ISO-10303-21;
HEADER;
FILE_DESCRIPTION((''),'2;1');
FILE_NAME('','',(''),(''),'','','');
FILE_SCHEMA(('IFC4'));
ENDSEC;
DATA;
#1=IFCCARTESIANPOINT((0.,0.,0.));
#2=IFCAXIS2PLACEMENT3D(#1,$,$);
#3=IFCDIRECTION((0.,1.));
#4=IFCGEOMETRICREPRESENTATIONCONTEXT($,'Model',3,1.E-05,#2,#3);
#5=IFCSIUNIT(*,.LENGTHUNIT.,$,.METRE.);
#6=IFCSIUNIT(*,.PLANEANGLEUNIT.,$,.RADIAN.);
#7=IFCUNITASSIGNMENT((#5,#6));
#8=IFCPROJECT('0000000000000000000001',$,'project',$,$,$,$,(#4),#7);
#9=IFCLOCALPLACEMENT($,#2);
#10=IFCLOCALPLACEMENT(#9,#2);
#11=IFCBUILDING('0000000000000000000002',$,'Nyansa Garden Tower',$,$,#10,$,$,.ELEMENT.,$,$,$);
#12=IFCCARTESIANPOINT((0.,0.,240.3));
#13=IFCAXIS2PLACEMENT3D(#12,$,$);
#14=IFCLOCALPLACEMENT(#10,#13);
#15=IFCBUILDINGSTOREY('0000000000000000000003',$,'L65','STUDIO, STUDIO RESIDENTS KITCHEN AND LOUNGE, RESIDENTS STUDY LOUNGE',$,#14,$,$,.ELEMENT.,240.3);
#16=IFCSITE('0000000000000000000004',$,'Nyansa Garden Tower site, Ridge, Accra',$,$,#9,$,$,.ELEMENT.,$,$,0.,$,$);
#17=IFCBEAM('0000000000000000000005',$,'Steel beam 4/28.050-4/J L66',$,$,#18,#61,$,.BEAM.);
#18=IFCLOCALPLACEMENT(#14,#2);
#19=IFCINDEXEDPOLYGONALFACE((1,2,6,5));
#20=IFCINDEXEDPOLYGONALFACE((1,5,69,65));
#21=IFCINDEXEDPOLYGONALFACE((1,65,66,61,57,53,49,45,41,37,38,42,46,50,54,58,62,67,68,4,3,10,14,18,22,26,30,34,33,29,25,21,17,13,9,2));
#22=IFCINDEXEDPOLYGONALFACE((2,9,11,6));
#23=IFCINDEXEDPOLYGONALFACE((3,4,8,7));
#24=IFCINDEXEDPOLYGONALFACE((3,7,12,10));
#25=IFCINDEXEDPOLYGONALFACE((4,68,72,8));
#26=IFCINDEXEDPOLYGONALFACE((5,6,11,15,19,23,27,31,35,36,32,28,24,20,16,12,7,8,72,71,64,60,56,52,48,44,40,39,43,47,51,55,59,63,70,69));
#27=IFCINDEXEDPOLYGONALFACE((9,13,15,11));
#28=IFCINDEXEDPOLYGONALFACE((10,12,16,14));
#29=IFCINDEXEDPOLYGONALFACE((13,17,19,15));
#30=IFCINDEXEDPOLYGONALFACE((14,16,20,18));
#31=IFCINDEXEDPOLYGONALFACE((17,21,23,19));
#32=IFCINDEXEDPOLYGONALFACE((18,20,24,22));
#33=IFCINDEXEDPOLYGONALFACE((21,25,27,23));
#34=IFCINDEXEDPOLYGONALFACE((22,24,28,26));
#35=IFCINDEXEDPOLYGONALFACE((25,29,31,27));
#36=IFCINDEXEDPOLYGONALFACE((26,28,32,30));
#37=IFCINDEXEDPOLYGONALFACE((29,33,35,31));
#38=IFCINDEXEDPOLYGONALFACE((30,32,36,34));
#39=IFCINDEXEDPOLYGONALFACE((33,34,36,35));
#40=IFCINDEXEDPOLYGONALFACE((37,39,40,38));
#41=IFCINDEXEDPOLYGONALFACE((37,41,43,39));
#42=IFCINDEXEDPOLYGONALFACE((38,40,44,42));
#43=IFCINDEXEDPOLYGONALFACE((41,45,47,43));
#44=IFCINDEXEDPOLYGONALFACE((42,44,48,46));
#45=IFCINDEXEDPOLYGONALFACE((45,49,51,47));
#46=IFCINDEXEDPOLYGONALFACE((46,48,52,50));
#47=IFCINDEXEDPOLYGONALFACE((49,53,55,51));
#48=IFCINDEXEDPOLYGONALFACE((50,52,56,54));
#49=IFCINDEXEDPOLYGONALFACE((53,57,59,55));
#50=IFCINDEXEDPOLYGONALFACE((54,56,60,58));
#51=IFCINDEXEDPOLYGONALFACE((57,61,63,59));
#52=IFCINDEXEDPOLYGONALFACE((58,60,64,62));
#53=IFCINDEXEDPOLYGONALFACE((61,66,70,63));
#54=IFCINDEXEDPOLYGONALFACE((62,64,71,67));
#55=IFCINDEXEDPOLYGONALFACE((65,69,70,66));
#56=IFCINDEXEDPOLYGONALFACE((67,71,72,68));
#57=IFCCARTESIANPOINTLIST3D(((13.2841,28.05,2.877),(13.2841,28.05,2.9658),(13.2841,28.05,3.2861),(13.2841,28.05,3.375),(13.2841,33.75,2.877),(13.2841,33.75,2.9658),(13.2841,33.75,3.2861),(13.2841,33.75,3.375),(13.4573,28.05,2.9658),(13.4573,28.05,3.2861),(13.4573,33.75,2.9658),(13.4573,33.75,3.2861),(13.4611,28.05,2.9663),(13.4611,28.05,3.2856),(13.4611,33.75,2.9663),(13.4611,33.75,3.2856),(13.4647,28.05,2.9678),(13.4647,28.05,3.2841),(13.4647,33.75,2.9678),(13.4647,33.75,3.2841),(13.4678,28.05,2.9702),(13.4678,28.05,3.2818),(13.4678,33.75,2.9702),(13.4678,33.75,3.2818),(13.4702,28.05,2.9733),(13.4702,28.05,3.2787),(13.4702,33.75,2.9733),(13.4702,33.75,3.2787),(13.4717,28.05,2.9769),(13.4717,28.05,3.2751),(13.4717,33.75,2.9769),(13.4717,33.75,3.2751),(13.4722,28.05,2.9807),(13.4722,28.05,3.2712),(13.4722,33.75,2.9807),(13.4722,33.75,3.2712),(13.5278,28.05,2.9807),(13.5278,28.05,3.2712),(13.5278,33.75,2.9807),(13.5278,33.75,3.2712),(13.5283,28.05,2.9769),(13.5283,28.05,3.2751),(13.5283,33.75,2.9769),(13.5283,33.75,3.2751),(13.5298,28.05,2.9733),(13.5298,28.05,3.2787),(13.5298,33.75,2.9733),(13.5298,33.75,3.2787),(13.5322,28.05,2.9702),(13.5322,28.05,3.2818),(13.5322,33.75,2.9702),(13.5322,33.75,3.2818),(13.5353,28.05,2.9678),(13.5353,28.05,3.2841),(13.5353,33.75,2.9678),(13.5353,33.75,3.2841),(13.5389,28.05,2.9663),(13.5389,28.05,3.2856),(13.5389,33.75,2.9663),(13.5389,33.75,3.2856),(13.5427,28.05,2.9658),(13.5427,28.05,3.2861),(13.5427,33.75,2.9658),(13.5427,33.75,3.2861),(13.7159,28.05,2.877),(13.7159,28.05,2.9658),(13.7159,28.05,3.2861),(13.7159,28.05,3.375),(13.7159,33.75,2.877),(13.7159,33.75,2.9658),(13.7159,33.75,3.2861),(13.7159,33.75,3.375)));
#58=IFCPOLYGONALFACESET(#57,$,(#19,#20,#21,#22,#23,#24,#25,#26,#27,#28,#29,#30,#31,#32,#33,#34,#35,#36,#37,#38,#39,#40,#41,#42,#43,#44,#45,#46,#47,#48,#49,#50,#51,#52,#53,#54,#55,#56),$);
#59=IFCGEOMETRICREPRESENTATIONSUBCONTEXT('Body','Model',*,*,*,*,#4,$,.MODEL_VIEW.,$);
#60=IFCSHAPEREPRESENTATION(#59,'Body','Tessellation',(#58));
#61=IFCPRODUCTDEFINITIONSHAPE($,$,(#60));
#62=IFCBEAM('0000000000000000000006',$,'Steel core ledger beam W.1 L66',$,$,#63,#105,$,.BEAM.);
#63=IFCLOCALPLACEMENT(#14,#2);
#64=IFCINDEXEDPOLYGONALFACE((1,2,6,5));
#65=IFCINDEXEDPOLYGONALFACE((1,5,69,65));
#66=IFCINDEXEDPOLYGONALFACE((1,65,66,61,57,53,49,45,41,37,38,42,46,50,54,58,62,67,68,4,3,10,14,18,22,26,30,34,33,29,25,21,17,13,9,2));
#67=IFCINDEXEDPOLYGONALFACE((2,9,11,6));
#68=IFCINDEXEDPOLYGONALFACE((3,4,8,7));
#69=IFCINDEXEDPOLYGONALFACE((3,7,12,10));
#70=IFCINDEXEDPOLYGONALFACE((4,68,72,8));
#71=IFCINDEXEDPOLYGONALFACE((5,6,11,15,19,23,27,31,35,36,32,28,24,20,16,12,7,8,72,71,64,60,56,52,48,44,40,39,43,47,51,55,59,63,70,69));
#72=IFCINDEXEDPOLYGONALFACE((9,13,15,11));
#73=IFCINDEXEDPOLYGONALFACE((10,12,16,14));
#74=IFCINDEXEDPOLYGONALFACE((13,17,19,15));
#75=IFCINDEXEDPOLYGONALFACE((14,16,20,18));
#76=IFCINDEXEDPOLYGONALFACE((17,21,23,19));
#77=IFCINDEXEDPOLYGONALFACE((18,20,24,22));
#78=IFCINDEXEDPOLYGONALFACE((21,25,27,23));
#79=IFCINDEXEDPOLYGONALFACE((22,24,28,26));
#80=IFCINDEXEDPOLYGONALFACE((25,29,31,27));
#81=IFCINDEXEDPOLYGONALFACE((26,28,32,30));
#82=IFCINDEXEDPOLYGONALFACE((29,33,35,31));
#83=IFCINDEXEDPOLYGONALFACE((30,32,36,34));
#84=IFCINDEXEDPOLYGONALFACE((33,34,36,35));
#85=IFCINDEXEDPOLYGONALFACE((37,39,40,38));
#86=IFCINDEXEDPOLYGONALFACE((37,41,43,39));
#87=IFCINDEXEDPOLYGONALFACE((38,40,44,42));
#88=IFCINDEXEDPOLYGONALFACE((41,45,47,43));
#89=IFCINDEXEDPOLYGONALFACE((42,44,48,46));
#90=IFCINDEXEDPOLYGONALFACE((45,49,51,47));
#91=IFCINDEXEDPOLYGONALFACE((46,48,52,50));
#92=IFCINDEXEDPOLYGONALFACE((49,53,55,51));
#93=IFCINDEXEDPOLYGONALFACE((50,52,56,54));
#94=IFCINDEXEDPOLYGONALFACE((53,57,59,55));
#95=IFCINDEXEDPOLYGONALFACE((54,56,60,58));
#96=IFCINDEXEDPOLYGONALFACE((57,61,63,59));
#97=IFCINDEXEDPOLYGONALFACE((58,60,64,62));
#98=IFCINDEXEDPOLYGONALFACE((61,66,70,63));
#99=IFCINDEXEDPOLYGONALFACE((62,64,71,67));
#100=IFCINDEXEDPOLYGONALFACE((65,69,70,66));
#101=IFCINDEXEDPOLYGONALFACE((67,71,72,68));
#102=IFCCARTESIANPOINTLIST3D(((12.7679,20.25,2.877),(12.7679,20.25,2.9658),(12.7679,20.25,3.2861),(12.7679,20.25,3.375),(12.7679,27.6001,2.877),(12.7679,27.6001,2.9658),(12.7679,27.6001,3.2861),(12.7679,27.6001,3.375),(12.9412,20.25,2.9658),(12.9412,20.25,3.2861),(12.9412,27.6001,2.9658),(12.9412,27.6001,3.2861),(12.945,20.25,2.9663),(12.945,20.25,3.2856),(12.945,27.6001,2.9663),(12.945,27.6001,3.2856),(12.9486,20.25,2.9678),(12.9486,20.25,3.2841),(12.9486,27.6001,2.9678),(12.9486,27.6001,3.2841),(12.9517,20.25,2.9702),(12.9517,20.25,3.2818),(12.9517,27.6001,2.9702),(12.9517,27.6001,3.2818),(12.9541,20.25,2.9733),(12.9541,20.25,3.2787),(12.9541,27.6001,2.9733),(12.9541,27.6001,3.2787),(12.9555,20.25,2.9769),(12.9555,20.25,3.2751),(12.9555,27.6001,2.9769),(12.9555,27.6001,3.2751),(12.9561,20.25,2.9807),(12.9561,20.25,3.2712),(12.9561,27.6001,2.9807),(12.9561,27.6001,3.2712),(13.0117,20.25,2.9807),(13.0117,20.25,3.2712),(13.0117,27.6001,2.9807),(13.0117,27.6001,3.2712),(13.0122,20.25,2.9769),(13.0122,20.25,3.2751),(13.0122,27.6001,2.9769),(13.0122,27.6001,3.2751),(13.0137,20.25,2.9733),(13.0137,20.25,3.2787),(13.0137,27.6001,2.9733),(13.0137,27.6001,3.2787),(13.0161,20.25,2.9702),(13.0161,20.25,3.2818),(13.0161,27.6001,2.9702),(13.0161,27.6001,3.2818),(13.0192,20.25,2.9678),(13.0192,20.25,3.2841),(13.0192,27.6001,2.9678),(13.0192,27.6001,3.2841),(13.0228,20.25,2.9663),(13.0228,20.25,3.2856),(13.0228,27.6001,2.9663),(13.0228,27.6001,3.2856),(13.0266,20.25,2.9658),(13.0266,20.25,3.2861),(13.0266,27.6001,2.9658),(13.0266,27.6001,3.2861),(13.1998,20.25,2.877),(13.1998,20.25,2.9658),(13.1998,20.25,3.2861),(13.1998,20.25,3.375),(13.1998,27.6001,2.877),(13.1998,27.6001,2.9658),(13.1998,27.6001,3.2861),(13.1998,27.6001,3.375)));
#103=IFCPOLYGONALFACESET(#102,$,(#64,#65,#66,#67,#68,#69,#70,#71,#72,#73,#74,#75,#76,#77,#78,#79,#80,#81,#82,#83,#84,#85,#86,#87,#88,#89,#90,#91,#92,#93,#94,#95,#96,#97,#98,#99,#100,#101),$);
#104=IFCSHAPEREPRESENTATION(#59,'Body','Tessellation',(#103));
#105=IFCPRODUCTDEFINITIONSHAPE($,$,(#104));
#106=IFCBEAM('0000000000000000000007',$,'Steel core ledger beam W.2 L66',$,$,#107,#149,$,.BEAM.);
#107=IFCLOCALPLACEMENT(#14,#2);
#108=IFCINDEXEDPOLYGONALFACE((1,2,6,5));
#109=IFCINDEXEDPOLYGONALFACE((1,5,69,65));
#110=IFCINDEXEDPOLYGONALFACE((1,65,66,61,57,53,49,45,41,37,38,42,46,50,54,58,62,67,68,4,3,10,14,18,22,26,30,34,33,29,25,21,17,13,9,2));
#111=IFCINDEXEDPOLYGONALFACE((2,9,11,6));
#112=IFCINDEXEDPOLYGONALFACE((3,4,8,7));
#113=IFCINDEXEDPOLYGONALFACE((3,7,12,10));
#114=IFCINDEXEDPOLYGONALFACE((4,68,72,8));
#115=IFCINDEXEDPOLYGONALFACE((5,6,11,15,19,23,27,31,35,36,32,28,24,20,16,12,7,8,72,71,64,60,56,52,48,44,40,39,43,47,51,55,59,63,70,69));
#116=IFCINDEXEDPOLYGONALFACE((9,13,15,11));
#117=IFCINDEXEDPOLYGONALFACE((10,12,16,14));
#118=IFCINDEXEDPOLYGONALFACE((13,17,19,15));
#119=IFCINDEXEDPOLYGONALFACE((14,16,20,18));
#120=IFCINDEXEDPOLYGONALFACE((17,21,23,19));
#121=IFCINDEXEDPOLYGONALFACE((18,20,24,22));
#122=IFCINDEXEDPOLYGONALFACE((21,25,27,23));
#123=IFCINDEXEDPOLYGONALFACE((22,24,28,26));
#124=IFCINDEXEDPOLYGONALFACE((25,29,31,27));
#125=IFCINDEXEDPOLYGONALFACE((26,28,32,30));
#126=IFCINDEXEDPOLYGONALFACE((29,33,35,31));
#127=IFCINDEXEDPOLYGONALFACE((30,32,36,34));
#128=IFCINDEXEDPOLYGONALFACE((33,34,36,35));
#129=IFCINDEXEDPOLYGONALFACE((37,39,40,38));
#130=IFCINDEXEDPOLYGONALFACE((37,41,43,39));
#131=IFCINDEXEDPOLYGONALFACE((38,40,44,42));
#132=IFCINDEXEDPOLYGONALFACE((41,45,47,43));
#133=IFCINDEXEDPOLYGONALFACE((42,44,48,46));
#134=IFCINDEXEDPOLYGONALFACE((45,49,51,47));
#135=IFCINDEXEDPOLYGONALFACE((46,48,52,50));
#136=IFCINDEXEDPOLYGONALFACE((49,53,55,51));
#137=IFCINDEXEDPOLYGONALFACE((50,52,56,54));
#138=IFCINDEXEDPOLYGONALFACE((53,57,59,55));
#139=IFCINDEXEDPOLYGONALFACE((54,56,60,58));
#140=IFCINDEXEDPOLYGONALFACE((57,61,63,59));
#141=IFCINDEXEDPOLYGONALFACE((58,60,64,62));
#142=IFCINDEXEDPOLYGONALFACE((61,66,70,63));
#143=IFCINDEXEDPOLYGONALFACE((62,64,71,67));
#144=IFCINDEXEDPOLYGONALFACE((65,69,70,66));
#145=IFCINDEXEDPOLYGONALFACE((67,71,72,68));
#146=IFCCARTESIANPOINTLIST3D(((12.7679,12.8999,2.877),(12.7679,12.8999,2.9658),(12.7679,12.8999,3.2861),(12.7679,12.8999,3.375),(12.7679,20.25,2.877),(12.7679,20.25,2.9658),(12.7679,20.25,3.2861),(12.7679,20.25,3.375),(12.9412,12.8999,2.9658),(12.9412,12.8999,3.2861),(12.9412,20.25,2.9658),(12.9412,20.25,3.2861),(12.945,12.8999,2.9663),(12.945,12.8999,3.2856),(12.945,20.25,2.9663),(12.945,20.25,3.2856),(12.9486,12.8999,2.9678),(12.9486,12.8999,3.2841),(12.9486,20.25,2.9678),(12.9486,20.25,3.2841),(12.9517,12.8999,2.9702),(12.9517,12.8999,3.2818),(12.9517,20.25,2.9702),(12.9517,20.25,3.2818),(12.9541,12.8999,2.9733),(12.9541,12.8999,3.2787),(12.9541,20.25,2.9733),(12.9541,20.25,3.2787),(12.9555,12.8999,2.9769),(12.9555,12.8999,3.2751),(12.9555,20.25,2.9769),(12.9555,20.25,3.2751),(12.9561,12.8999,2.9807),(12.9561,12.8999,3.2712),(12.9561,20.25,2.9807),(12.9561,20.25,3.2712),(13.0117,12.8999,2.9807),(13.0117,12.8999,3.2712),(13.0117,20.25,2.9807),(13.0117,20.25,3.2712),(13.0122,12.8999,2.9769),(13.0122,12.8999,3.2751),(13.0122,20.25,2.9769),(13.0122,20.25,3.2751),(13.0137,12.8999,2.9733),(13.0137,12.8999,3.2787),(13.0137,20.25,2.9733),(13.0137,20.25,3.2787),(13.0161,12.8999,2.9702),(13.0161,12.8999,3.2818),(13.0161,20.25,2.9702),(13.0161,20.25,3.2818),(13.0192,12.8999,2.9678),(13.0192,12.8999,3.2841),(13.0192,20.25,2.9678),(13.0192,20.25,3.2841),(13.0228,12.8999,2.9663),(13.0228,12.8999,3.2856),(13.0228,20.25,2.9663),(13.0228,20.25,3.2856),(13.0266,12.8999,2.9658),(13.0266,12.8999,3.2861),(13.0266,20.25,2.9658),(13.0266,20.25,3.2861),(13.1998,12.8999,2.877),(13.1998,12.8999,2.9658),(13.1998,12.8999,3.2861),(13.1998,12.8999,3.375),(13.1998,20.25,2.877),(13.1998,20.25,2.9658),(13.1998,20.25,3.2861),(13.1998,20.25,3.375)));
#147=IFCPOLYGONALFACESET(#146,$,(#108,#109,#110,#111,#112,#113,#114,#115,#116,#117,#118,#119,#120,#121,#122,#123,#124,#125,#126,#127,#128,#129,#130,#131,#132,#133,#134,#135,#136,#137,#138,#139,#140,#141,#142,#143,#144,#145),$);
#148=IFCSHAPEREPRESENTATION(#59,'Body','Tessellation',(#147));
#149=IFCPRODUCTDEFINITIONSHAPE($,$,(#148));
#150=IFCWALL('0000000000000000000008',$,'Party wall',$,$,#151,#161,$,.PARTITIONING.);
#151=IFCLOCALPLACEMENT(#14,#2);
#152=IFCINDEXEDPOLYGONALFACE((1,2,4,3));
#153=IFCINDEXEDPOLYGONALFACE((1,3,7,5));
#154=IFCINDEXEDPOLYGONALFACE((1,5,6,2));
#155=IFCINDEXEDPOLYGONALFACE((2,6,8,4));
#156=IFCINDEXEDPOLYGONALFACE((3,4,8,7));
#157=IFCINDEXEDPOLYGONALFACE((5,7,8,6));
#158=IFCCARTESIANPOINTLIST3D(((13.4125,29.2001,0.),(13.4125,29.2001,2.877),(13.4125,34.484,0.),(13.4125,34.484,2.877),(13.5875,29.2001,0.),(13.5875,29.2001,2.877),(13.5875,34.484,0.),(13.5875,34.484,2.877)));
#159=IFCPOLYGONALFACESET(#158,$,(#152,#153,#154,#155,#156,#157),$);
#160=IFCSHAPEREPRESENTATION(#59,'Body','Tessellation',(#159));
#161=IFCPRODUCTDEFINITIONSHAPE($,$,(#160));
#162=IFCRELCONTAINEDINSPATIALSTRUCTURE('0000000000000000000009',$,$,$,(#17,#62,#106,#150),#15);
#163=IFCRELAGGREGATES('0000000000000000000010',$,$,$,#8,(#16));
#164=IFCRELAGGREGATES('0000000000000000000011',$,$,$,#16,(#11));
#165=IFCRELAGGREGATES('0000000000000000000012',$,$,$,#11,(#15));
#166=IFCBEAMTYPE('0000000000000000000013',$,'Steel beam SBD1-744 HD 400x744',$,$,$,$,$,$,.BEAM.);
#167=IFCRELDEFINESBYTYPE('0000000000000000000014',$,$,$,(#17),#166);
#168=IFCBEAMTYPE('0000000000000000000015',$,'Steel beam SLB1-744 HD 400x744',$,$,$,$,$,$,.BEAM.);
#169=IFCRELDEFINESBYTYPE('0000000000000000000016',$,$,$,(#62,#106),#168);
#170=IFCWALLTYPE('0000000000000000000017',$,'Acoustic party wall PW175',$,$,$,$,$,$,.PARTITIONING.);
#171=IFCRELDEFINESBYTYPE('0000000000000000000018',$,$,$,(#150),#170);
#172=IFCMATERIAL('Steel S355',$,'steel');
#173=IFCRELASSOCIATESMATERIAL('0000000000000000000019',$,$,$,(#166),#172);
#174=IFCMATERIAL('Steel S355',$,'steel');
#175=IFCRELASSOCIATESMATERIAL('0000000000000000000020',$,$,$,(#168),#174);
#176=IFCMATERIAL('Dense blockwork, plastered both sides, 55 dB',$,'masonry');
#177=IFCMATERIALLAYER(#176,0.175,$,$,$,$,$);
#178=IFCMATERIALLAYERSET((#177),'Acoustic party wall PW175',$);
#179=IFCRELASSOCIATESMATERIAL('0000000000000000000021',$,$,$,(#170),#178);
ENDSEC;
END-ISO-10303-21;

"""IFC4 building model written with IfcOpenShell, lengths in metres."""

from ifc_helpers import new_model, si_unit, direction, frame, frame_2d, origin, origin_2d, place, context, subcontext, project, spatial, rectangle, i_section, extrude, material, layer, layer_set, material_profile, profile_set, type_object, element, save


model = new_model("IFC4")

# Units and contexts
model_context = context("Model", 3, precision=1e-05, world=origin(), true_north=direction((0.0, 1.0)))
body_context = subcontext(model_context, "Body", "Model", "MODEL_VIEW")
ifc_project = project(units=[si_unit("LENGTHUNIT", "METRE"), si_unit("PLANEANGLEUNIT", "RADIAN")], contexts=[model_context])

# Site, building, storey
site_placement = place(None, origin())
site = spatial("IfcSite", under=ifc_project, at=site_placement, Name="Nyansa Garden Tower site, Ridge, Accra", CompositionType="ELEMENT", RefElevation=0.0)
building_placement = place(site_placement, origin())
building = spatial("IfcBuilding", under=site, at=building_placement, Name="Nyansa Garden Tower", CompositionType="ELEMENT")
storey_placement = place(building_placement, frame((0.0, 0.0, 240.3)))
storey = spatial("IfcBuildingStorey", under=building, at=storey_placement, Name="L65", Description="STUDIO, STUDIO RESIDENTS KITCHEN AND LOUNGE, RESIDENTS STUDY LOUNGE", CompositionType="ELEMENT", Elevation=240.3)

# Beams
ifc_material_1 = material(Name="Steel S355", Category="steel")
ifc_material_profile_1 = material_profile(ifc_material_1, i_section(OverallWidth=0.4319, OverallDepth=0.498, WebThickness=0.0557, FlangeThickness=0.0889, FilletRadius=0.0149, at=origin_2d()), Name="HD 400x744")
ifc_profile_set_1 = profile_set([ifc_material_profile_1], Name="Steel S355")
beam_type_1 = type_object("IfcBeamType", Name="Steel beam SBD1-744 HD 400x744", PredefinedType="BEAM", material=ifc_profile_set_1)
beam_1_placement = place(storey_placement, frame((13.5, 28.05, 3.126), z_axis=(0.0, 1.0, 0.0), x_axis=(-1.0, 0.0, 0.0)))
element("IfcBeam", 1, at=beam_1_placement, inside=storey, type_object=beam_type_1, Name="Steel beam 4/28.050-4/J L66", PredefinedType="BEAM", context=body_context, shape_type="SweptSolid", body=[
    extrude(i_section(OverallWidth=0.4319, OverallDepth=0.498, WebThickness=0.0557, FlangeThickness=0.0889, FilletRadius=0.0149, at=origin_2d()), origin(), (0.0, 0.0, 1.0), 5.7),
])
ifc_material_2 = material(Name="Steel S355", Category="steel")
ifc_material_profile_2 = material_profile(ifc_material_2, i_section(OverallWidth=0.4319, OverallDepth=0.498, WebThickness=0.0557, FlangeThickness=0.0889, FilletRadius=0.0149, at=origin_2d()), Name="HD 400x744")
ifc_profile_set_2 = profile_set([ifc_material_profile_2], Name="Steel S355")
beam_type_2 = type_object("IfcBeamType", Name="Steel beam SLB1-744 HD 400x744", PredefinedType="BEAM", material=ifc_profile_set_2)
for number, where, z_axis, x_axis, name in (
    (2, (12.9839, 27.6001, 3.126), (0.0, -1.0, 0.0), (1.0, 0.0, 0.0), "Steel core ledger beam W.1 L66"),
    (3, (12.9839, 20.25, 3.126), (0.0, -1.0, 0.0), (1.0, 0.0, 0.0), "Steel core ledger beam W.2 L66"),
):
    element("IfcBeam", number, at=place(storey_placement, frame(where, z_axis=z_axis, x_axis=x_axis)), inside=storey, type_object=beam_type_2, Name=name, PredefinedType="BEAM", context=body_context, shape_type="SweptSolid", body=[
        extrude(i_section(OverallWidth=0.4319, OverallDepth=0.498, WebThickness=0.0557, FlangeThickness=0.0889, FilletRadius=0.0149, at=origin_2d()), origin(), (0.0, 0.0, 1.0), 7.3501),
    ])

# Wall
ifc_material_3 = material(Name="Dense blockwork, plastered both sides, 55 dB", Category="masonry")
ifc_layer_1 = layer(ifc_material_3, 0.175)
ifc_layer_set_1 = layer_set([ifc_layer_1], Name="Acoustic party wall PW175")
wall_type_1 = type_object("IfcWallType", Name="Acoustic party wall PW175", PredefinedType="PARTITIONING", material=ifc_layer_set_1)
wall_1_placement = place(storey_placement, frame((13.5, 29.2, 0.0), z_axis=(0.0, 0.0, 1.0), x_axis=(0.0, 1.0, 0.0)))
element("IfcWall", 4, at=wall_1_placement, inside=storey, type_object=wall_type_1, Name="Party wall", PredefinedType="PARTITIONING", context=body_context, shape_type="SweptSolid", body=[
    extrude(rectangle(XDim=5.2839, YDim=0.175, at=frame_2d((2.6421, 0.0))), origin(), (0.0, 0.0, 1.0), 2.877),
])

save(model, "model.ifc")
